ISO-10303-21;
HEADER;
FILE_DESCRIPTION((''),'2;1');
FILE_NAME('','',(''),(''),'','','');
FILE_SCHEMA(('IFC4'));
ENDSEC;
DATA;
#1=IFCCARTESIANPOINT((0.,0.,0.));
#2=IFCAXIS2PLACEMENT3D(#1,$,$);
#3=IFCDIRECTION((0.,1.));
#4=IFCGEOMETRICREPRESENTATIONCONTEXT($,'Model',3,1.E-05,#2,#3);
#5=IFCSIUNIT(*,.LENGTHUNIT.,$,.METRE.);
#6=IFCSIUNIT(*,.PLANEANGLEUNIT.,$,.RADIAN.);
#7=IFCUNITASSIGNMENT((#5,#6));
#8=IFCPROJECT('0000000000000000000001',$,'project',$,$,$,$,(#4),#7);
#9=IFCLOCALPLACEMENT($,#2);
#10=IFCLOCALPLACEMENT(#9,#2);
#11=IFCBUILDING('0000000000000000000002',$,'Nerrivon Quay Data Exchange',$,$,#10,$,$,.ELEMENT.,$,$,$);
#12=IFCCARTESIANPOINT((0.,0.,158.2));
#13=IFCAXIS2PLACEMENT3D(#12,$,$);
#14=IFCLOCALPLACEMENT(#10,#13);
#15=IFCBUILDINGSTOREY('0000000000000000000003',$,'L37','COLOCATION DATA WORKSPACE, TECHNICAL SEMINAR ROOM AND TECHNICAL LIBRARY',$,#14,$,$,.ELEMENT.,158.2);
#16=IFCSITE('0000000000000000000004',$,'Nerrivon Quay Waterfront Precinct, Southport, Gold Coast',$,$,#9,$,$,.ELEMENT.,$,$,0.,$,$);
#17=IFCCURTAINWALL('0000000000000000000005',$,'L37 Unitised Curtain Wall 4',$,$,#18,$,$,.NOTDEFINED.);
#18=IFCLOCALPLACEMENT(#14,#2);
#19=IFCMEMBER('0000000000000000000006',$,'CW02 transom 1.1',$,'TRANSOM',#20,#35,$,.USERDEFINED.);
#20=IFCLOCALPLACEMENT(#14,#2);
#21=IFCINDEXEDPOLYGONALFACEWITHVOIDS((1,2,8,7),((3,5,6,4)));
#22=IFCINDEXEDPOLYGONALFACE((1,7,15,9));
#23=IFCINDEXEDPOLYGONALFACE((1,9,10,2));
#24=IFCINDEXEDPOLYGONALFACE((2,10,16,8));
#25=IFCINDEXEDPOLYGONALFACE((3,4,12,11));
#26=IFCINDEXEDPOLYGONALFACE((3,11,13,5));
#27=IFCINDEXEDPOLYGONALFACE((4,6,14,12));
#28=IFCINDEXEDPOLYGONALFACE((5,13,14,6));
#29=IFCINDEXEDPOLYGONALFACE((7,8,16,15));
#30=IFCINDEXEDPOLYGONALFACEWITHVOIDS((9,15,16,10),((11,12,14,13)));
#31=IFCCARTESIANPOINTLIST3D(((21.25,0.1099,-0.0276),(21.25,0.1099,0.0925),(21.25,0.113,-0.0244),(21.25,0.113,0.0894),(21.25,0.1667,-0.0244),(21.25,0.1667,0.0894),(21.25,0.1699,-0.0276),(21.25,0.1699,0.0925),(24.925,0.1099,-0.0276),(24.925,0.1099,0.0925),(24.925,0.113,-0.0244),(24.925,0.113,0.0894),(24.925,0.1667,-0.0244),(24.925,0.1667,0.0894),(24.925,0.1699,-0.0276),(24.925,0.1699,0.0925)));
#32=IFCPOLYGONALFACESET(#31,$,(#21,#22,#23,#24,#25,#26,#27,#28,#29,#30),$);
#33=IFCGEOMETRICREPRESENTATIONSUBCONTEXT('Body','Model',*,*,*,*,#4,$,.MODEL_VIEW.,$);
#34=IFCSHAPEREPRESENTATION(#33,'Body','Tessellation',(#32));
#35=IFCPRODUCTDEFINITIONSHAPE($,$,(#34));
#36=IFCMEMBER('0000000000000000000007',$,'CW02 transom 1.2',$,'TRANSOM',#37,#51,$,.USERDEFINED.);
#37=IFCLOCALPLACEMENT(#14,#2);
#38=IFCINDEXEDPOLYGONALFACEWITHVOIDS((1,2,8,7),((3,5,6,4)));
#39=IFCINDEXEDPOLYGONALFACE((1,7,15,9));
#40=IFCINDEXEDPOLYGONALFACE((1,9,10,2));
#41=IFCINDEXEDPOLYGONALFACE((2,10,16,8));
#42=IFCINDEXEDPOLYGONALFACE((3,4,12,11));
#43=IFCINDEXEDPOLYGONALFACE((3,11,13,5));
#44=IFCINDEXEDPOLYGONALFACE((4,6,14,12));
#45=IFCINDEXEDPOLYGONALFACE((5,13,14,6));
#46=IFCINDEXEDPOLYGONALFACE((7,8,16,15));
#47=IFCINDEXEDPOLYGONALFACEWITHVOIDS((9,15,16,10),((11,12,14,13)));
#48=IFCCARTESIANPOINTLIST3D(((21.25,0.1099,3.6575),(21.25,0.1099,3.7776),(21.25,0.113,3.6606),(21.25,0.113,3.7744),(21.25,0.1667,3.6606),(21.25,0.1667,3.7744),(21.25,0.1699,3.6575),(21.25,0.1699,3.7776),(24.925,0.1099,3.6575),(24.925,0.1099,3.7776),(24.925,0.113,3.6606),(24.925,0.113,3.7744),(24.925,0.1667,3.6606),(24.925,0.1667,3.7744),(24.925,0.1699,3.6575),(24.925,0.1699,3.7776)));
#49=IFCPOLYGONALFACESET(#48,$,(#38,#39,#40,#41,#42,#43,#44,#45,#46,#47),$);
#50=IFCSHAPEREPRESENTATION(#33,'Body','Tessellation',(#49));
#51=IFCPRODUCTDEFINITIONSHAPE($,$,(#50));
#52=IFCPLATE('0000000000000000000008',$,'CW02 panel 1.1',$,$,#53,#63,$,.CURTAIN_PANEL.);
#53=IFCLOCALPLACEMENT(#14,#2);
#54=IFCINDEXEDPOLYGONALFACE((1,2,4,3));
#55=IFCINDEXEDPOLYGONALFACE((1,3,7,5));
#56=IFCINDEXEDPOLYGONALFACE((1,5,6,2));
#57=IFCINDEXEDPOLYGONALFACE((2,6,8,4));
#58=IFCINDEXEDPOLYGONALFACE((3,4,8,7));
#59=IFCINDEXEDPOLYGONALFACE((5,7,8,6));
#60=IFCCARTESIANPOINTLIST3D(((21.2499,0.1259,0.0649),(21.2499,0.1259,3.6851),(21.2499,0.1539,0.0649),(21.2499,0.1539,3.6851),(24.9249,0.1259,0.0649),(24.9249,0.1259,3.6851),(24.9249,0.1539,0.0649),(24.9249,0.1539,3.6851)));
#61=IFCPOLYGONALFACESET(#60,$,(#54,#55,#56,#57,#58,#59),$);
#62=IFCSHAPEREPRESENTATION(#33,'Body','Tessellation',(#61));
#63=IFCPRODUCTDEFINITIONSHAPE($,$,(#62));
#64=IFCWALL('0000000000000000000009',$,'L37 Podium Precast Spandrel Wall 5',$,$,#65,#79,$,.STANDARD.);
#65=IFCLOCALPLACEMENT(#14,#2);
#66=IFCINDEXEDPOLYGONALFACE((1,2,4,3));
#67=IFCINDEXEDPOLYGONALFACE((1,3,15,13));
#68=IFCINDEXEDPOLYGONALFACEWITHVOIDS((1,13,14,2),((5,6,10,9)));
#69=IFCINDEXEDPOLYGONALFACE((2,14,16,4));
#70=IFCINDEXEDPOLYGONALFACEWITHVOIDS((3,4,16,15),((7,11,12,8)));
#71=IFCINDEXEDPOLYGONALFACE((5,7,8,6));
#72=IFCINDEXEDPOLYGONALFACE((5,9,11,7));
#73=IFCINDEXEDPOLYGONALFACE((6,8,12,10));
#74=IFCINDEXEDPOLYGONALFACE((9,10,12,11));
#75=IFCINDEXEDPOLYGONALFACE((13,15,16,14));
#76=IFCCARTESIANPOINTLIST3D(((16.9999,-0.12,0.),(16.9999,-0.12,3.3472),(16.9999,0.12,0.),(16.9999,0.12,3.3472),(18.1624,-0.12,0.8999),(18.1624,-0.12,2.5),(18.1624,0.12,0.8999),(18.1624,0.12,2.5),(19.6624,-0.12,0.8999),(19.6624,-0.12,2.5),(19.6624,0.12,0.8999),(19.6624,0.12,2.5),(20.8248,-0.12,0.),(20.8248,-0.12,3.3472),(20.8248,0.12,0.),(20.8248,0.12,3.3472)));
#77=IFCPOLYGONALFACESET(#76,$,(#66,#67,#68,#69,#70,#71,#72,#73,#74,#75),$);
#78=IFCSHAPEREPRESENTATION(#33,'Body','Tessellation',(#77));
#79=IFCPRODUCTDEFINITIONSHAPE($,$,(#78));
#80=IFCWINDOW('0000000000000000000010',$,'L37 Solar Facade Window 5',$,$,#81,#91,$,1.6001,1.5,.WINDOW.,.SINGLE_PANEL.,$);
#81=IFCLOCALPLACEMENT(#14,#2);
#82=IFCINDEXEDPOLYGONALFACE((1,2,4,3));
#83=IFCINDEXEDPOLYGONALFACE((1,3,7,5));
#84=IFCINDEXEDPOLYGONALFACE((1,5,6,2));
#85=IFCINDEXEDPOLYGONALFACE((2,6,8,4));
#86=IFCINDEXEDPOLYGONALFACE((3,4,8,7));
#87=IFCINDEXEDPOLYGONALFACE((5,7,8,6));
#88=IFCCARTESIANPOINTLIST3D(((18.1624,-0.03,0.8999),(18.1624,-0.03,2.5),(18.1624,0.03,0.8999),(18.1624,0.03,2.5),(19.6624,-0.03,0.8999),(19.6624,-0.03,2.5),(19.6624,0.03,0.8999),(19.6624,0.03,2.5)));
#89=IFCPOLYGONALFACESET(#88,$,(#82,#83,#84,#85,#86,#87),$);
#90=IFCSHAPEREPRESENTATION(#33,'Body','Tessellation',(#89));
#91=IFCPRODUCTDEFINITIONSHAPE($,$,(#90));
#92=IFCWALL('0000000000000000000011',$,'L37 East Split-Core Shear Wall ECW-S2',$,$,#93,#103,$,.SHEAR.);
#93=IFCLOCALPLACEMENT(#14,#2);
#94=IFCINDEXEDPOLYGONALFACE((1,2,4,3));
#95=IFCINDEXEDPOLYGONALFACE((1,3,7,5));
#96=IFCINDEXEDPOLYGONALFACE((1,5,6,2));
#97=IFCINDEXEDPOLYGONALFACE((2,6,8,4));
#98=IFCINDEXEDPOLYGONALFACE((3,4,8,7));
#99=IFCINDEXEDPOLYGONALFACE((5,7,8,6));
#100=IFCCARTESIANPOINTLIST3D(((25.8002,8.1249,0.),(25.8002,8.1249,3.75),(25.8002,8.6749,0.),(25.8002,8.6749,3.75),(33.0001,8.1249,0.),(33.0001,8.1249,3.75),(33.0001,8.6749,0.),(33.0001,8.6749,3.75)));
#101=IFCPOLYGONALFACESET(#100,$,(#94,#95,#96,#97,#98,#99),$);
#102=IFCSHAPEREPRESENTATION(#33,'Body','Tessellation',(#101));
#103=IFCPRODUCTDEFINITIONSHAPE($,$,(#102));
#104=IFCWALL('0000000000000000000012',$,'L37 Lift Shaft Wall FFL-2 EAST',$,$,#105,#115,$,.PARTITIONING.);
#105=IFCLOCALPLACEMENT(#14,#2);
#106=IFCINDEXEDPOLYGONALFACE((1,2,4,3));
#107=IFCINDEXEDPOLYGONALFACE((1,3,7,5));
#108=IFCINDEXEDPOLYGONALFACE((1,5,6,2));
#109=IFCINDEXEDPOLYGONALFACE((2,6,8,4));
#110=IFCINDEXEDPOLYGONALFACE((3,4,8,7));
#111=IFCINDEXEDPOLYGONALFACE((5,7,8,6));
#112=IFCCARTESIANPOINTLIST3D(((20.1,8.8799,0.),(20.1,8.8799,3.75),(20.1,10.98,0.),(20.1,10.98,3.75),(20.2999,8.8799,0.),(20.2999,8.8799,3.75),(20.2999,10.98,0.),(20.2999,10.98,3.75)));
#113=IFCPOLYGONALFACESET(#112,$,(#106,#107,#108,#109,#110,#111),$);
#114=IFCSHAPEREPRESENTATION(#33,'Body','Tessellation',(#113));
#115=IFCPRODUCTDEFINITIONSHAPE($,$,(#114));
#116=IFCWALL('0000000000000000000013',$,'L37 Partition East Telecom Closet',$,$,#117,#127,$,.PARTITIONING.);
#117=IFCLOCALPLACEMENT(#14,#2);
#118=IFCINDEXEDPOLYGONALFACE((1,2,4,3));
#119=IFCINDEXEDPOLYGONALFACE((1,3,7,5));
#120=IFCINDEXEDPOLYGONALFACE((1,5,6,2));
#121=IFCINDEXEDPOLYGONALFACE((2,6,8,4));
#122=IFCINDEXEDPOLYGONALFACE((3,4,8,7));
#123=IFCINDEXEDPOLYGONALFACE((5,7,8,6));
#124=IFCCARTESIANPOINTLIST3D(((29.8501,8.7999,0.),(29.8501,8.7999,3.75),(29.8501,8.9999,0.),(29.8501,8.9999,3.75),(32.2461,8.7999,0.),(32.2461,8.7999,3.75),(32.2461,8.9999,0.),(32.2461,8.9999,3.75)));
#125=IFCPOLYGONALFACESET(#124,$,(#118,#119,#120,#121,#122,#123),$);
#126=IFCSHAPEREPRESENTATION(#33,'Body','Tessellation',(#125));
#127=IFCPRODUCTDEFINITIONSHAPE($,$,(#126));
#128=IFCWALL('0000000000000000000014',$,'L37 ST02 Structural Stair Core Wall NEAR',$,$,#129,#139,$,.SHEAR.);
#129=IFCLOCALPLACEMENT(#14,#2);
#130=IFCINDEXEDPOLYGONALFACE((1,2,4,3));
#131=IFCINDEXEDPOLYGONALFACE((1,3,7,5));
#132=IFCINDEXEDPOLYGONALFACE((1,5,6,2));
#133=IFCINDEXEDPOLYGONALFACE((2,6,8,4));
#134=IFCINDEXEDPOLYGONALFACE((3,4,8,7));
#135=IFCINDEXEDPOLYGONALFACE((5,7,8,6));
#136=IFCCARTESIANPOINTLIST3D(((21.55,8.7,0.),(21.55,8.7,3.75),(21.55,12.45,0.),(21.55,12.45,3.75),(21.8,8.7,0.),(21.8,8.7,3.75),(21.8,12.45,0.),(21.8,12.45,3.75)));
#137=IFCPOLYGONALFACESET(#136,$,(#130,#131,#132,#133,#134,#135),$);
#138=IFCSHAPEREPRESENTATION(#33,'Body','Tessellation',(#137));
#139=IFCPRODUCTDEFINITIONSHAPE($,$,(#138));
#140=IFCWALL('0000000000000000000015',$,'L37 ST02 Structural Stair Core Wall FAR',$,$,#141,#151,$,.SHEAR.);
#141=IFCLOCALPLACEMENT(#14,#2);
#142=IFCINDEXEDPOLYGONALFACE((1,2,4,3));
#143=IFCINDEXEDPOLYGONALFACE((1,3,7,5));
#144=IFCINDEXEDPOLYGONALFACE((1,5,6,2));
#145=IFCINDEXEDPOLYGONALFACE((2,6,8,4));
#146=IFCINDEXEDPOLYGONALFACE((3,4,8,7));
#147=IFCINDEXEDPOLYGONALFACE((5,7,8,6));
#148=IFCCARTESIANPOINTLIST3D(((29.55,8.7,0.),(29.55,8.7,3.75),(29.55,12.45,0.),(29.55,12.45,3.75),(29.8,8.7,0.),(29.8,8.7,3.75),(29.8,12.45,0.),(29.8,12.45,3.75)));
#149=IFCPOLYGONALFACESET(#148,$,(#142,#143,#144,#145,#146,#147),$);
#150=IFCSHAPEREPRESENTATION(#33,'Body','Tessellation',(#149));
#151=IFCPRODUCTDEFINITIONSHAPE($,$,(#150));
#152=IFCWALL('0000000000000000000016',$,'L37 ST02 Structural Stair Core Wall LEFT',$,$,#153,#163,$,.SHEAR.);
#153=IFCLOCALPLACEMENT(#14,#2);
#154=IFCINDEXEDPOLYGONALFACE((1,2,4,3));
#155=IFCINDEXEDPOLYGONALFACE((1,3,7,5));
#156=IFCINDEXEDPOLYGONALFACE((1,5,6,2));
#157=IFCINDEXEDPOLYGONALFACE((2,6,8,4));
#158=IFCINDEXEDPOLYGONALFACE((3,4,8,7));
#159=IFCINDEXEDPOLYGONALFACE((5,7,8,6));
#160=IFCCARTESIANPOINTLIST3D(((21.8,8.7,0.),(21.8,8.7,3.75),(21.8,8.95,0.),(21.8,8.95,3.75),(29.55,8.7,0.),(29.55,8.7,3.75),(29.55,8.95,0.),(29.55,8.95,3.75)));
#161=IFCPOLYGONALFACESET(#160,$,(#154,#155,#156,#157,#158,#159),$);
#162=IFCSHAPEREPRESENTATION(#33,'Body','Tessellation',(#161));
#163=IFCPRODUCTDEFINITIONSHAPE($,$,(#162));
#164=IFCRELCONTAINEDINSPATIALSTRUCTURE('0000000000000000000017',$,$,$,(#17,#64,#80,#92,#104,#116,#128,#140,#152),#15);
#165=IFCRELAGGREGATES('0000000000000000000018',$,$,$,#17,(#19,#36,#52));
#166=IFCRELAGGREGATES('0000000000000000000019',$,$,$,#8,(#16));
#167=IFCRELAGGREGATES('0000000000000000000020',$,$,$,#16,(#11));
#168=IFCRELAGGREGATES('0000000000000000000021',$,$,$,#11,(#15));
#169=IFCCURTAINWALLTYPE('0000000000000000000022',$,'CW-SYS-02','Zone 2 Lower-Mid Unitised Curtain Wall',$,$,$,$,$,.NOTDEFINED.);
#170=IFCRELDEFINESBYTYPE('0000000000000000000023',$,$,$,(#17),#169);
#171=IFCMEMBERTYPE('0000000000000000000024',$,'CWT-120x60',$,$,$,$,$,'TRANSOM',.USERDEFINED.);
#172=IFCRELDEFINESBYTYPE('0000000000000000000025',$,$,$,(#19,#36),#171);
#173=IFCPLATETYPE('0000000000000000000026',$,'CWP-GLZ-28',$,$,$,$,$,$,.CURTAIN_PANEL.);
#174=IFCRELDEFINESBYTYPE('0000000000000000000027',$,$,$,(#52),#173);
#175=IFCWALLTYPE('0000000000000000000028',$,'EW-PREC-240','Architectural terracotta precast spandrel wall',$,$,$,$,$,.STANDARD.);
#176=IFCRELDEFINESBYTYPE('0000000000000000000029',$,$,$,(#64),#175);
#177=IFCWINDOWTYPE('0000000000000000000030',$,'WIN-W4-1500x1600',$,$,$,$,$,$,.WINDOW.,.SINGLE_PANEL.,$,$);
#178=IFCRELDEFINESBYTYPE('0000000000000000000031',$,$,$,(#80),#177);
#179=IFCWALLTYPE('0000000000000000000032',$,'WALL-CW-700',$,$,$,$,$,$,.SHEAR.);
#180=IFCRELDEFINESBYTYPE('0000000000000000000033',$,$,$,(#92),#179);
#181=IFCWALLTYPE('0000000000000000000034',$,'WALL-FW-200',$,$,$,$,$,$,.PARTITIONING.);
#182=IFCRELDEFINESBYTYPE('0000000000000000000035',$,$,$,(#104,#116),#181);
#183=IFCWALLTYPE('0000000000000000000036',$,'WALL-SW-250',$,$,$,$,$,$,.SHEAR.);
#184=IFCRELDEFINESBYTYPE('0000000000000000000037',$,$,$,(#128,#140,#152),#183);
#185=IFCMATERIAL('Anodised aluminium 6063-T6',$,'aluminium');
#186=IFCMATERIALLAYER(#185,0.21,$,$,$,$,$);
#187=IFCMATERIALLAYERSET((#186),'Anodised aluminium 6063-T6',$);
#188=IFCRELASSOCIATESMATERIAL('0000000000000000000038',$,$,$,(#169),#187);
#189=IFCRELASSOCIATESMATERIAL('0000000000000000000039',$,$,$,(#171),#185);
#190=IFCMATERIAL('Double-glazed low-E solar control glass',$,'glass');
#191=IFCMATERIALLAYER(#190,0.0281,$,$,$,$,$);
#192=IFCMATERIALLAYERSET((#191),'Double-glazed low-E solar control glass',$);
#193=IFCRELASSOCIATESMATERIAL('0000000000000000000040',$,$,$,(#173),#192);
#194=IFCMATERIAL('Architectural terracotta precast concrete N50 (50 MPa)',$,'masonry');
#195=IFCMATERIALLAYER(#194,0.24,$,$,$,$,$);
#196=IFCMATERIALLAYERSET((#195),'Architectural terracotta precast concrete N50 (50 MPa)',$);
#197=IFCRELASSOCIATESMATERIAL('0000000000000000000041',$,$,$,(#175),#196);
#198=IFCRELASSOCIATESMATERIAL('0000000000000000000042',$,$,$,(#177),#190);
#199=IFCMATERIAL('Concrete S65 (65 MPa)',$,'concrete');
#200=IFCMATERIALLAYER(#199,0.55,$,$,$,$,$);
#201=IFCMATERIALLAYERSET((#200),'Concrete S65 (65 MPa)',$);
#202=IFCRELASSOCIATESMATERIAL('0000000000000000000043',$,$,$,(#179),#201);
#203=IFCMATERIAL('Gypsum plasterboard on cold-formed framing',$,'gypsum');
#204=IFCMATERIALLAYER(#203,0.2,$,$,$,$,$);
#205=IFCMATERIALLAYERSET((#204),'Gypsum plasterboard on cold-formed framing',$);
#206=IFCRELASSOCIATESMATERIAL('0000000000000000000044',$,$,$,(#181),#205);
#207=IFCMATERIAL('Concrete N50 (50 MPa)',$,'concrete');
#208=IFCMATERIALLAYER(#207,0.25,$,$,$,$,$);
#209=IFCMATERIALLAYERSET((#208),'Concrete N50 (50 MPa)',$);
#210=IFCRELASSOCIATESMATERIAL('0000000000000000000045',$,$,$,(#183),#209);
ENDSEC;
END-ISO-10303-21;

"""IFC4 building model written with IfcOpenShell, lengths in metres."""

from ifc_helpers import new_model, si_unit, direction, frame, frame_2d, origin, origin_2d, place, context, subcontext, project, spatial, rectangle, hollow_rectangle, extrude, material, layer, layer_set, material_profile, profile_set, type_object, element, fill, aggregate, save


model = new_model("IFC4")

# Units and contexts
model_context = context("Model", 3, precision=1e-05, world=origin(), true_north=direction((0.0, 1.0)))
body_context = subcontext(model_context, "Body", "Model", "MODEL_VIEW")
ifc_project = project(units=[si_unit("LENGTHUNIT", "METRE"), si_unit("PLANEANGLEUNIT", "RADIAN")], contexts=[model_context])

# Site, building, storey
site_placement = place(None, origin())
site = spatial("IfcSite", under=ifc_project, at=site_placement, Name="Nerrivon Quay Waterfront Precinct, Southport, Gold Coast", CompositionType="ELEMENT", RefElevation=0.0)
building_placement = place(site_placement, origin())
building = spatial("IfcBuilding", under=site, at=building_placement, Name="Nerrivon Quay Data Exchange", CompositionType="ELEMENT")
storey_placement = place(building_placement, frame((0.0, 0.0, 158.2)))
storey = spatial("IfcBuildingStorey", under=building, at=storey_placement, Name="L37", Description="COLOCATION DATA WORKSPACE, TECHNICAL SEMINAR ROOM AND TECHNICAL LIBRARY", CompositionType="ELEMENT", Elevation=158.2)

# Shared definitions
ifc_material_1 = material(Name="Concrete S65 (65 MPa)", Category="concrete")
ifc_material_2 = material(Name="Concrete N50 (50 MPa)", Category="concrete")

# Curtain wall, members, plate
ifc_material_3 = material(Name="Anodised aluminium 6063-T6", Category="aluminium")
ifc_layer_1 = layer(ifc_material_3, 0.21)
ifc_layer_set_1 = layer_set([ifc_layer_1], Name="Anodised aluminium 6063-T6")
curtain_wall_type = type_object("IfcCurtainWallType", Name="CW-SYS-02", Description="Zone 2 Lower-Mid Unitised Curtain Wall", PredefinedType="NOTDEFINED", material=ifc_layer_set_1)
curtain_wall_placement = place(storey_placement, origin())
curtain_wall = element("IfcCurtainWall", 1, at=curtain_wall_placement, inside=storey, type_object=curtain_wall_type, Name="L37 Unitised Curtain Wall 4", PredefinedType="NOTDEFINED")
ifc_material_profile_1 = material_profile(ifc_material_3, hollow_rectangle(XDim=0.0601, YDim=0.1201, WallThickness=0.0032, at=origin_2d()), Name="ALU-TRAN-120x60")
ifc_profile_set_1 = profile_set([ifc_material_profile_1], Name="Anodised aluminium 6063-T6")
member_type_1 = type_object("IfcMemberType", Name="CWT-120x60", ElementType="TRANSOM", PredefinedType="USERDEFINED", material=ifc_profile_set_1)
member_1_placement = place(storey_placement, frame((24.925, 0.1399, 0.0325), z_axis=(-1.0, 0.0, 0.0), x_axis=(0.0, -1.0, 0.0)))
member_1 = element("IfcMember", 2, at=member_1_placement, type_object=member_type_1, Name="CW02 transom 1.1", ObjectType="TRANSOM", PredefinedType="USERDEFINED", context=body_context, shape_type="SweptSolid", body=[
    extrude(hollow_rectangle(XDim=0.0601, YDim=0.1201, WallThickness=0.0032, at=origin_2d()), origin(), (0.0, 0.0, 1.0), 3.675),
])
member_2_placement = place(storey_placement, frame((24.925, 0.1399, 3.7175), z_axis=(-1.0, 0.0, 0.0), x_axis=(0.0, -1.0, 0.0)))
member_2 = element("IfcMember", 3, at=member_2_placement, type_object=member_type_1, Name="CW02 transom 1.2", ObjectType="TRANSOM", PredefinedType="USERDEFINED", context=body_context, shape_type="SweptSolid", body=[
    extrude(hollow_rectangle(XDim=0.0601, YDim=0.1201, WallThickness=0.0032, at=origin_2d()), origin(), (0.0, 0.0, 1.0), 3.675),
])
ifc_material_4 = material(Name="Double-glazed low-E solar control glass", Category="glass")
ifc_layer_2 = layer(ifc_material_4, 0.0281)
ifc_layer_set_2 = layer_set([ifc_layer_2], Name="Double-glazed low-E solar control glass")
plate_type = type_object("IfcPlateType", Name="CWP-GLZ-28", PredefinedType="CURTAIN_PANEL", material=ifc_layer_set_2)
plate_placement = place(storey_placement, frame((23.0874, 0.1399, 0.0649), z_axis=(0.0, 0.0, 1.0), x_axis=(-1.0, 0.0, 0.0)))
plate = element("IfcPlate", 4, at=plate_placement, type_object=plate_type, Name="CW02 panel 1.1", PredefinedType="CURTAIN_PANEL", context=body_context, shape_type="SweptSolid", body=[
    extrude(rectangle(XDim=3.675, YDim=0.0281, at=origin_2d()), origin(), (0.0, 0.0, 1.0), 3.6201),
])
aggregate(curtain_wall, [member_1, member_2, plate])

# Wall, opening, window
ifc_material_5 = material(Name="Architectural terracotta precast concrete N50 (50 MPa)", Category="masonry")
ifc_layer_3 = layer(ifc_material_5, 0.24)
ifc_layer_set_3 = layer_set([ifc_layer_3], Name="Architectural terracotta precast concrete N50 (50 MPa)")
wall_type_1 = type_object("IfcWallType", Name="EW-PREC-240", Description="Architectural terracotta precast spandrel wall", PredefinedType="STANDARD", material=ifc_layer_set_3)
wall_1_placement = place(storey_placement, frame((20.825, 0.0, 0.0), z_axis=(0.0, 0.0, 1.0), x_axis=(-1.0, 0.0, 0.0)))
wall_1 = element("IfcWall", 5, at=wall_1_placement, inside=storey, type_object=wall_type_1, Name="L37 Podium Precast Spandrel Wall 5", PredefinedType="STANDARD", context=body_context, shape_type="SweptSolid", body=[
    extrude(rectangle(XDim=3.825, YDim=0.24, at=frame_2d((1.9126, 0.0))), origin(), (0.0, 0.0, 1.0), 3.3472),
])
opening_placement = place(wall_1_placement, frame((1.1626, 0.0, 0.8999)))
opening = element("IfcOpeningElement", 6, at=opening_placement, cuts=wall_1, PredefinedType="OPENING", context=body_context, shape_type="SweptSolid", body=[
    extrude(rectangle(XDim=1.5, YDim=1.6001, at=frame_2d((0.75, 0.8))), frame((0.0, 0.1299, 0.0), z_axis=(0.0, -1.0, 0.0), x_axis=(1.0, 0.0, 0.0)), (0.0, 0.0, 1.0), 0.26),
])
window_type = type_object("IfcWindowType", Name="WIN-W4-1500x1600", PartitioningType="SINGLE_PANEL", PredefinedType="WINDOW", material=ifc_material_4)
window_placement = place(opening_placement, origin())
window = element("IfcWindow", 7, at=window_placement, inside=storey, type_object=window_type, Name="L37 Solar Facade Window 5", OverallHeight=1.6001, OverallWidth=1.5, PartitioningType="SINGLE_PANEL", PredefinedType="WINDOW", context=body_context, shape_type="SweptSolid", body=[
    extrude(rectangle(XDim=1.5, YDim=1.6001, at=frame_2d((0.75, 0.8))), frame((0.0, 0.03, 0.0), z_axis=(0.0, -1.0, 0.0), x_axis=(1.0, 0.0, 0.0)), (0.0, 0.0, 1.0), 0.0601),
])
fill(opening, window)

# Walls
ifc_layer_4 = layer(ifc_material_1, 0.55)
ifc_layer_set_4 = layer_set([ifc_layer_4], Name="Concrete S65 (65 MPa)")
wall_type_2 = type_object("IfcWallType", Name="WALL-CW-700", PredefinedType="SHEAR", material=ifc_layer_set_4)
wall_2_placement = place(storey_placement, frame((25.8, 8.3999, 0.0), z_axis=(0.0, 0.0, 1.0), x_axis=(1.0, 0.0, 0.0)))
element("IfcWall", 8, at=wall_2_placement, inside=storey, type_object=wall_type_2, Name="L37 East Split-Core Shear Wall ECW-S2", PredefinedType="SHEAR", context=body_context, shape_type="SweptSolid", body=[
    extrude(rectangle(XDim=7.2, YDim=0.55, at=frame_2d((3.6001, 0.0))), origin(), (0.0, 0.0, 1.0), 3.75),
])
ifc_material_6 = material(Name="Gypsum plasterboard on cold-formed framing", Category="gypsum")
ifc_layer_5 = layer(ifc_material_6, 0.2)
ifc_layer_set_5 = layer_set([ifc_layer_5], Name="Gypsum plasterboard on cold-formed framing")
wall_type_3 = type_object("IfcWallType", Name="WALL-FW-200", PredefinedType="PARTITIONING", material=ifc_layer_set_5)
wall_3_placement = place(storey_placement, frame((20.2, 8.8799, 0.0), z_axis=(0.0, 0.0, 1.0), x_axis=(0.0, 1.0, 0.0)))
element("IfcWall", 9, at=wall_3_placement, inside=storey, type_object=wall_type_3, Name="L37 Lift Shaft Wall FFL-2 EAST", PredefinedType="PARTITIONING", context=body_context, shape_type="SweptSolid", body=[
    extrude(rectangle(XDim=2.1001, YDim=0.2, at=frame_2d((1.05, 0.0))), origin(), (0.0, 0.0, 1.0), 3.75),
])
wall_4_placement = place(storey_placement, frame((29.8501, 8.8999, 0.0), z_axis=(0.0, 0.0, 1.0), x_axis=(1.0, 0.0, 0.0)))
element("IfcWall", 10, at=wall_4_placement, inside=storey, type_object=wall_type_3, Name="L37 Partition East Telecom Closet", PredefinedType="PARTITIONING", context=body_context, shape_type="SweptSolid", body=[
    extrude(rectangle(XDim=2.396, YDim=0.2, at=frame_2d((1.198, 0.0))), origin(), (0.0, 0.0, 1.0), 3.75),
])
ifc_layer_6 = layer(ifc_material_2, 0.25)
ifc_layer_set_6 = layer_set([ifc_layer_6], Name="Concrete N50 (50 MPa)")
wall_type_4 = type_object("IfcWallType", Name="WALL-SW-250", PredefinedType="SHEAR", material=ifc_layer_set_6)
for number, where, z_axis, x_axis, name in (
    (11, (21.675, 8.7, 0.0), (0.0, 0.0, 1.0), (0.0, 1.0, 0.0), "L37 ST02 Structural Stair Core Wall NEAR"),
    (12, (29.675, 8.7, 0.0), (0.0, 0.0, 1.0), (0.0, 1.0, 0.0), "L37 ST02 Structural Stair Core Wall FAR"),
):
    element("IfcWall", number, at=place(storey_placement, frame(where, z_axis=z_axis, x_axis=x_axis)), inside=storey, type_object=wall_type_4, Name=name, PredefinedType="SHEAR", context=body_context, shape_type="SweptSolid", body=[
        extrude(rectangle(XDim=3.75, YDim=0.25, at=frame_2d((1.875, 0.0))), origin(), (0.0, 0.0, 1.0), 3.75),
    ])
wall_5_placement = place(storey_placement, frame((21.8, 8.825, 0.0), z_axis=(0.0, 0.0, 1.0), x_axis=(1.0, 0.0, 0.0)))
element("IfcWall", 13, at=wall_5_placement, inside=storey, type_object=wall_type_4, Name="L37 ST02 Structural Stair Core Wall LEFT", PredefinedType="SHEAR", context=body_context, shape_type="SweptSolid", body=[
    extrude(rectangle(XDim=7.75, YDim=0.25, at=frame_2d((3.875, 0.0))), origin(), (0.0, 0.0, 1.0), 3.75),
])

save(model, "model.ifc")
